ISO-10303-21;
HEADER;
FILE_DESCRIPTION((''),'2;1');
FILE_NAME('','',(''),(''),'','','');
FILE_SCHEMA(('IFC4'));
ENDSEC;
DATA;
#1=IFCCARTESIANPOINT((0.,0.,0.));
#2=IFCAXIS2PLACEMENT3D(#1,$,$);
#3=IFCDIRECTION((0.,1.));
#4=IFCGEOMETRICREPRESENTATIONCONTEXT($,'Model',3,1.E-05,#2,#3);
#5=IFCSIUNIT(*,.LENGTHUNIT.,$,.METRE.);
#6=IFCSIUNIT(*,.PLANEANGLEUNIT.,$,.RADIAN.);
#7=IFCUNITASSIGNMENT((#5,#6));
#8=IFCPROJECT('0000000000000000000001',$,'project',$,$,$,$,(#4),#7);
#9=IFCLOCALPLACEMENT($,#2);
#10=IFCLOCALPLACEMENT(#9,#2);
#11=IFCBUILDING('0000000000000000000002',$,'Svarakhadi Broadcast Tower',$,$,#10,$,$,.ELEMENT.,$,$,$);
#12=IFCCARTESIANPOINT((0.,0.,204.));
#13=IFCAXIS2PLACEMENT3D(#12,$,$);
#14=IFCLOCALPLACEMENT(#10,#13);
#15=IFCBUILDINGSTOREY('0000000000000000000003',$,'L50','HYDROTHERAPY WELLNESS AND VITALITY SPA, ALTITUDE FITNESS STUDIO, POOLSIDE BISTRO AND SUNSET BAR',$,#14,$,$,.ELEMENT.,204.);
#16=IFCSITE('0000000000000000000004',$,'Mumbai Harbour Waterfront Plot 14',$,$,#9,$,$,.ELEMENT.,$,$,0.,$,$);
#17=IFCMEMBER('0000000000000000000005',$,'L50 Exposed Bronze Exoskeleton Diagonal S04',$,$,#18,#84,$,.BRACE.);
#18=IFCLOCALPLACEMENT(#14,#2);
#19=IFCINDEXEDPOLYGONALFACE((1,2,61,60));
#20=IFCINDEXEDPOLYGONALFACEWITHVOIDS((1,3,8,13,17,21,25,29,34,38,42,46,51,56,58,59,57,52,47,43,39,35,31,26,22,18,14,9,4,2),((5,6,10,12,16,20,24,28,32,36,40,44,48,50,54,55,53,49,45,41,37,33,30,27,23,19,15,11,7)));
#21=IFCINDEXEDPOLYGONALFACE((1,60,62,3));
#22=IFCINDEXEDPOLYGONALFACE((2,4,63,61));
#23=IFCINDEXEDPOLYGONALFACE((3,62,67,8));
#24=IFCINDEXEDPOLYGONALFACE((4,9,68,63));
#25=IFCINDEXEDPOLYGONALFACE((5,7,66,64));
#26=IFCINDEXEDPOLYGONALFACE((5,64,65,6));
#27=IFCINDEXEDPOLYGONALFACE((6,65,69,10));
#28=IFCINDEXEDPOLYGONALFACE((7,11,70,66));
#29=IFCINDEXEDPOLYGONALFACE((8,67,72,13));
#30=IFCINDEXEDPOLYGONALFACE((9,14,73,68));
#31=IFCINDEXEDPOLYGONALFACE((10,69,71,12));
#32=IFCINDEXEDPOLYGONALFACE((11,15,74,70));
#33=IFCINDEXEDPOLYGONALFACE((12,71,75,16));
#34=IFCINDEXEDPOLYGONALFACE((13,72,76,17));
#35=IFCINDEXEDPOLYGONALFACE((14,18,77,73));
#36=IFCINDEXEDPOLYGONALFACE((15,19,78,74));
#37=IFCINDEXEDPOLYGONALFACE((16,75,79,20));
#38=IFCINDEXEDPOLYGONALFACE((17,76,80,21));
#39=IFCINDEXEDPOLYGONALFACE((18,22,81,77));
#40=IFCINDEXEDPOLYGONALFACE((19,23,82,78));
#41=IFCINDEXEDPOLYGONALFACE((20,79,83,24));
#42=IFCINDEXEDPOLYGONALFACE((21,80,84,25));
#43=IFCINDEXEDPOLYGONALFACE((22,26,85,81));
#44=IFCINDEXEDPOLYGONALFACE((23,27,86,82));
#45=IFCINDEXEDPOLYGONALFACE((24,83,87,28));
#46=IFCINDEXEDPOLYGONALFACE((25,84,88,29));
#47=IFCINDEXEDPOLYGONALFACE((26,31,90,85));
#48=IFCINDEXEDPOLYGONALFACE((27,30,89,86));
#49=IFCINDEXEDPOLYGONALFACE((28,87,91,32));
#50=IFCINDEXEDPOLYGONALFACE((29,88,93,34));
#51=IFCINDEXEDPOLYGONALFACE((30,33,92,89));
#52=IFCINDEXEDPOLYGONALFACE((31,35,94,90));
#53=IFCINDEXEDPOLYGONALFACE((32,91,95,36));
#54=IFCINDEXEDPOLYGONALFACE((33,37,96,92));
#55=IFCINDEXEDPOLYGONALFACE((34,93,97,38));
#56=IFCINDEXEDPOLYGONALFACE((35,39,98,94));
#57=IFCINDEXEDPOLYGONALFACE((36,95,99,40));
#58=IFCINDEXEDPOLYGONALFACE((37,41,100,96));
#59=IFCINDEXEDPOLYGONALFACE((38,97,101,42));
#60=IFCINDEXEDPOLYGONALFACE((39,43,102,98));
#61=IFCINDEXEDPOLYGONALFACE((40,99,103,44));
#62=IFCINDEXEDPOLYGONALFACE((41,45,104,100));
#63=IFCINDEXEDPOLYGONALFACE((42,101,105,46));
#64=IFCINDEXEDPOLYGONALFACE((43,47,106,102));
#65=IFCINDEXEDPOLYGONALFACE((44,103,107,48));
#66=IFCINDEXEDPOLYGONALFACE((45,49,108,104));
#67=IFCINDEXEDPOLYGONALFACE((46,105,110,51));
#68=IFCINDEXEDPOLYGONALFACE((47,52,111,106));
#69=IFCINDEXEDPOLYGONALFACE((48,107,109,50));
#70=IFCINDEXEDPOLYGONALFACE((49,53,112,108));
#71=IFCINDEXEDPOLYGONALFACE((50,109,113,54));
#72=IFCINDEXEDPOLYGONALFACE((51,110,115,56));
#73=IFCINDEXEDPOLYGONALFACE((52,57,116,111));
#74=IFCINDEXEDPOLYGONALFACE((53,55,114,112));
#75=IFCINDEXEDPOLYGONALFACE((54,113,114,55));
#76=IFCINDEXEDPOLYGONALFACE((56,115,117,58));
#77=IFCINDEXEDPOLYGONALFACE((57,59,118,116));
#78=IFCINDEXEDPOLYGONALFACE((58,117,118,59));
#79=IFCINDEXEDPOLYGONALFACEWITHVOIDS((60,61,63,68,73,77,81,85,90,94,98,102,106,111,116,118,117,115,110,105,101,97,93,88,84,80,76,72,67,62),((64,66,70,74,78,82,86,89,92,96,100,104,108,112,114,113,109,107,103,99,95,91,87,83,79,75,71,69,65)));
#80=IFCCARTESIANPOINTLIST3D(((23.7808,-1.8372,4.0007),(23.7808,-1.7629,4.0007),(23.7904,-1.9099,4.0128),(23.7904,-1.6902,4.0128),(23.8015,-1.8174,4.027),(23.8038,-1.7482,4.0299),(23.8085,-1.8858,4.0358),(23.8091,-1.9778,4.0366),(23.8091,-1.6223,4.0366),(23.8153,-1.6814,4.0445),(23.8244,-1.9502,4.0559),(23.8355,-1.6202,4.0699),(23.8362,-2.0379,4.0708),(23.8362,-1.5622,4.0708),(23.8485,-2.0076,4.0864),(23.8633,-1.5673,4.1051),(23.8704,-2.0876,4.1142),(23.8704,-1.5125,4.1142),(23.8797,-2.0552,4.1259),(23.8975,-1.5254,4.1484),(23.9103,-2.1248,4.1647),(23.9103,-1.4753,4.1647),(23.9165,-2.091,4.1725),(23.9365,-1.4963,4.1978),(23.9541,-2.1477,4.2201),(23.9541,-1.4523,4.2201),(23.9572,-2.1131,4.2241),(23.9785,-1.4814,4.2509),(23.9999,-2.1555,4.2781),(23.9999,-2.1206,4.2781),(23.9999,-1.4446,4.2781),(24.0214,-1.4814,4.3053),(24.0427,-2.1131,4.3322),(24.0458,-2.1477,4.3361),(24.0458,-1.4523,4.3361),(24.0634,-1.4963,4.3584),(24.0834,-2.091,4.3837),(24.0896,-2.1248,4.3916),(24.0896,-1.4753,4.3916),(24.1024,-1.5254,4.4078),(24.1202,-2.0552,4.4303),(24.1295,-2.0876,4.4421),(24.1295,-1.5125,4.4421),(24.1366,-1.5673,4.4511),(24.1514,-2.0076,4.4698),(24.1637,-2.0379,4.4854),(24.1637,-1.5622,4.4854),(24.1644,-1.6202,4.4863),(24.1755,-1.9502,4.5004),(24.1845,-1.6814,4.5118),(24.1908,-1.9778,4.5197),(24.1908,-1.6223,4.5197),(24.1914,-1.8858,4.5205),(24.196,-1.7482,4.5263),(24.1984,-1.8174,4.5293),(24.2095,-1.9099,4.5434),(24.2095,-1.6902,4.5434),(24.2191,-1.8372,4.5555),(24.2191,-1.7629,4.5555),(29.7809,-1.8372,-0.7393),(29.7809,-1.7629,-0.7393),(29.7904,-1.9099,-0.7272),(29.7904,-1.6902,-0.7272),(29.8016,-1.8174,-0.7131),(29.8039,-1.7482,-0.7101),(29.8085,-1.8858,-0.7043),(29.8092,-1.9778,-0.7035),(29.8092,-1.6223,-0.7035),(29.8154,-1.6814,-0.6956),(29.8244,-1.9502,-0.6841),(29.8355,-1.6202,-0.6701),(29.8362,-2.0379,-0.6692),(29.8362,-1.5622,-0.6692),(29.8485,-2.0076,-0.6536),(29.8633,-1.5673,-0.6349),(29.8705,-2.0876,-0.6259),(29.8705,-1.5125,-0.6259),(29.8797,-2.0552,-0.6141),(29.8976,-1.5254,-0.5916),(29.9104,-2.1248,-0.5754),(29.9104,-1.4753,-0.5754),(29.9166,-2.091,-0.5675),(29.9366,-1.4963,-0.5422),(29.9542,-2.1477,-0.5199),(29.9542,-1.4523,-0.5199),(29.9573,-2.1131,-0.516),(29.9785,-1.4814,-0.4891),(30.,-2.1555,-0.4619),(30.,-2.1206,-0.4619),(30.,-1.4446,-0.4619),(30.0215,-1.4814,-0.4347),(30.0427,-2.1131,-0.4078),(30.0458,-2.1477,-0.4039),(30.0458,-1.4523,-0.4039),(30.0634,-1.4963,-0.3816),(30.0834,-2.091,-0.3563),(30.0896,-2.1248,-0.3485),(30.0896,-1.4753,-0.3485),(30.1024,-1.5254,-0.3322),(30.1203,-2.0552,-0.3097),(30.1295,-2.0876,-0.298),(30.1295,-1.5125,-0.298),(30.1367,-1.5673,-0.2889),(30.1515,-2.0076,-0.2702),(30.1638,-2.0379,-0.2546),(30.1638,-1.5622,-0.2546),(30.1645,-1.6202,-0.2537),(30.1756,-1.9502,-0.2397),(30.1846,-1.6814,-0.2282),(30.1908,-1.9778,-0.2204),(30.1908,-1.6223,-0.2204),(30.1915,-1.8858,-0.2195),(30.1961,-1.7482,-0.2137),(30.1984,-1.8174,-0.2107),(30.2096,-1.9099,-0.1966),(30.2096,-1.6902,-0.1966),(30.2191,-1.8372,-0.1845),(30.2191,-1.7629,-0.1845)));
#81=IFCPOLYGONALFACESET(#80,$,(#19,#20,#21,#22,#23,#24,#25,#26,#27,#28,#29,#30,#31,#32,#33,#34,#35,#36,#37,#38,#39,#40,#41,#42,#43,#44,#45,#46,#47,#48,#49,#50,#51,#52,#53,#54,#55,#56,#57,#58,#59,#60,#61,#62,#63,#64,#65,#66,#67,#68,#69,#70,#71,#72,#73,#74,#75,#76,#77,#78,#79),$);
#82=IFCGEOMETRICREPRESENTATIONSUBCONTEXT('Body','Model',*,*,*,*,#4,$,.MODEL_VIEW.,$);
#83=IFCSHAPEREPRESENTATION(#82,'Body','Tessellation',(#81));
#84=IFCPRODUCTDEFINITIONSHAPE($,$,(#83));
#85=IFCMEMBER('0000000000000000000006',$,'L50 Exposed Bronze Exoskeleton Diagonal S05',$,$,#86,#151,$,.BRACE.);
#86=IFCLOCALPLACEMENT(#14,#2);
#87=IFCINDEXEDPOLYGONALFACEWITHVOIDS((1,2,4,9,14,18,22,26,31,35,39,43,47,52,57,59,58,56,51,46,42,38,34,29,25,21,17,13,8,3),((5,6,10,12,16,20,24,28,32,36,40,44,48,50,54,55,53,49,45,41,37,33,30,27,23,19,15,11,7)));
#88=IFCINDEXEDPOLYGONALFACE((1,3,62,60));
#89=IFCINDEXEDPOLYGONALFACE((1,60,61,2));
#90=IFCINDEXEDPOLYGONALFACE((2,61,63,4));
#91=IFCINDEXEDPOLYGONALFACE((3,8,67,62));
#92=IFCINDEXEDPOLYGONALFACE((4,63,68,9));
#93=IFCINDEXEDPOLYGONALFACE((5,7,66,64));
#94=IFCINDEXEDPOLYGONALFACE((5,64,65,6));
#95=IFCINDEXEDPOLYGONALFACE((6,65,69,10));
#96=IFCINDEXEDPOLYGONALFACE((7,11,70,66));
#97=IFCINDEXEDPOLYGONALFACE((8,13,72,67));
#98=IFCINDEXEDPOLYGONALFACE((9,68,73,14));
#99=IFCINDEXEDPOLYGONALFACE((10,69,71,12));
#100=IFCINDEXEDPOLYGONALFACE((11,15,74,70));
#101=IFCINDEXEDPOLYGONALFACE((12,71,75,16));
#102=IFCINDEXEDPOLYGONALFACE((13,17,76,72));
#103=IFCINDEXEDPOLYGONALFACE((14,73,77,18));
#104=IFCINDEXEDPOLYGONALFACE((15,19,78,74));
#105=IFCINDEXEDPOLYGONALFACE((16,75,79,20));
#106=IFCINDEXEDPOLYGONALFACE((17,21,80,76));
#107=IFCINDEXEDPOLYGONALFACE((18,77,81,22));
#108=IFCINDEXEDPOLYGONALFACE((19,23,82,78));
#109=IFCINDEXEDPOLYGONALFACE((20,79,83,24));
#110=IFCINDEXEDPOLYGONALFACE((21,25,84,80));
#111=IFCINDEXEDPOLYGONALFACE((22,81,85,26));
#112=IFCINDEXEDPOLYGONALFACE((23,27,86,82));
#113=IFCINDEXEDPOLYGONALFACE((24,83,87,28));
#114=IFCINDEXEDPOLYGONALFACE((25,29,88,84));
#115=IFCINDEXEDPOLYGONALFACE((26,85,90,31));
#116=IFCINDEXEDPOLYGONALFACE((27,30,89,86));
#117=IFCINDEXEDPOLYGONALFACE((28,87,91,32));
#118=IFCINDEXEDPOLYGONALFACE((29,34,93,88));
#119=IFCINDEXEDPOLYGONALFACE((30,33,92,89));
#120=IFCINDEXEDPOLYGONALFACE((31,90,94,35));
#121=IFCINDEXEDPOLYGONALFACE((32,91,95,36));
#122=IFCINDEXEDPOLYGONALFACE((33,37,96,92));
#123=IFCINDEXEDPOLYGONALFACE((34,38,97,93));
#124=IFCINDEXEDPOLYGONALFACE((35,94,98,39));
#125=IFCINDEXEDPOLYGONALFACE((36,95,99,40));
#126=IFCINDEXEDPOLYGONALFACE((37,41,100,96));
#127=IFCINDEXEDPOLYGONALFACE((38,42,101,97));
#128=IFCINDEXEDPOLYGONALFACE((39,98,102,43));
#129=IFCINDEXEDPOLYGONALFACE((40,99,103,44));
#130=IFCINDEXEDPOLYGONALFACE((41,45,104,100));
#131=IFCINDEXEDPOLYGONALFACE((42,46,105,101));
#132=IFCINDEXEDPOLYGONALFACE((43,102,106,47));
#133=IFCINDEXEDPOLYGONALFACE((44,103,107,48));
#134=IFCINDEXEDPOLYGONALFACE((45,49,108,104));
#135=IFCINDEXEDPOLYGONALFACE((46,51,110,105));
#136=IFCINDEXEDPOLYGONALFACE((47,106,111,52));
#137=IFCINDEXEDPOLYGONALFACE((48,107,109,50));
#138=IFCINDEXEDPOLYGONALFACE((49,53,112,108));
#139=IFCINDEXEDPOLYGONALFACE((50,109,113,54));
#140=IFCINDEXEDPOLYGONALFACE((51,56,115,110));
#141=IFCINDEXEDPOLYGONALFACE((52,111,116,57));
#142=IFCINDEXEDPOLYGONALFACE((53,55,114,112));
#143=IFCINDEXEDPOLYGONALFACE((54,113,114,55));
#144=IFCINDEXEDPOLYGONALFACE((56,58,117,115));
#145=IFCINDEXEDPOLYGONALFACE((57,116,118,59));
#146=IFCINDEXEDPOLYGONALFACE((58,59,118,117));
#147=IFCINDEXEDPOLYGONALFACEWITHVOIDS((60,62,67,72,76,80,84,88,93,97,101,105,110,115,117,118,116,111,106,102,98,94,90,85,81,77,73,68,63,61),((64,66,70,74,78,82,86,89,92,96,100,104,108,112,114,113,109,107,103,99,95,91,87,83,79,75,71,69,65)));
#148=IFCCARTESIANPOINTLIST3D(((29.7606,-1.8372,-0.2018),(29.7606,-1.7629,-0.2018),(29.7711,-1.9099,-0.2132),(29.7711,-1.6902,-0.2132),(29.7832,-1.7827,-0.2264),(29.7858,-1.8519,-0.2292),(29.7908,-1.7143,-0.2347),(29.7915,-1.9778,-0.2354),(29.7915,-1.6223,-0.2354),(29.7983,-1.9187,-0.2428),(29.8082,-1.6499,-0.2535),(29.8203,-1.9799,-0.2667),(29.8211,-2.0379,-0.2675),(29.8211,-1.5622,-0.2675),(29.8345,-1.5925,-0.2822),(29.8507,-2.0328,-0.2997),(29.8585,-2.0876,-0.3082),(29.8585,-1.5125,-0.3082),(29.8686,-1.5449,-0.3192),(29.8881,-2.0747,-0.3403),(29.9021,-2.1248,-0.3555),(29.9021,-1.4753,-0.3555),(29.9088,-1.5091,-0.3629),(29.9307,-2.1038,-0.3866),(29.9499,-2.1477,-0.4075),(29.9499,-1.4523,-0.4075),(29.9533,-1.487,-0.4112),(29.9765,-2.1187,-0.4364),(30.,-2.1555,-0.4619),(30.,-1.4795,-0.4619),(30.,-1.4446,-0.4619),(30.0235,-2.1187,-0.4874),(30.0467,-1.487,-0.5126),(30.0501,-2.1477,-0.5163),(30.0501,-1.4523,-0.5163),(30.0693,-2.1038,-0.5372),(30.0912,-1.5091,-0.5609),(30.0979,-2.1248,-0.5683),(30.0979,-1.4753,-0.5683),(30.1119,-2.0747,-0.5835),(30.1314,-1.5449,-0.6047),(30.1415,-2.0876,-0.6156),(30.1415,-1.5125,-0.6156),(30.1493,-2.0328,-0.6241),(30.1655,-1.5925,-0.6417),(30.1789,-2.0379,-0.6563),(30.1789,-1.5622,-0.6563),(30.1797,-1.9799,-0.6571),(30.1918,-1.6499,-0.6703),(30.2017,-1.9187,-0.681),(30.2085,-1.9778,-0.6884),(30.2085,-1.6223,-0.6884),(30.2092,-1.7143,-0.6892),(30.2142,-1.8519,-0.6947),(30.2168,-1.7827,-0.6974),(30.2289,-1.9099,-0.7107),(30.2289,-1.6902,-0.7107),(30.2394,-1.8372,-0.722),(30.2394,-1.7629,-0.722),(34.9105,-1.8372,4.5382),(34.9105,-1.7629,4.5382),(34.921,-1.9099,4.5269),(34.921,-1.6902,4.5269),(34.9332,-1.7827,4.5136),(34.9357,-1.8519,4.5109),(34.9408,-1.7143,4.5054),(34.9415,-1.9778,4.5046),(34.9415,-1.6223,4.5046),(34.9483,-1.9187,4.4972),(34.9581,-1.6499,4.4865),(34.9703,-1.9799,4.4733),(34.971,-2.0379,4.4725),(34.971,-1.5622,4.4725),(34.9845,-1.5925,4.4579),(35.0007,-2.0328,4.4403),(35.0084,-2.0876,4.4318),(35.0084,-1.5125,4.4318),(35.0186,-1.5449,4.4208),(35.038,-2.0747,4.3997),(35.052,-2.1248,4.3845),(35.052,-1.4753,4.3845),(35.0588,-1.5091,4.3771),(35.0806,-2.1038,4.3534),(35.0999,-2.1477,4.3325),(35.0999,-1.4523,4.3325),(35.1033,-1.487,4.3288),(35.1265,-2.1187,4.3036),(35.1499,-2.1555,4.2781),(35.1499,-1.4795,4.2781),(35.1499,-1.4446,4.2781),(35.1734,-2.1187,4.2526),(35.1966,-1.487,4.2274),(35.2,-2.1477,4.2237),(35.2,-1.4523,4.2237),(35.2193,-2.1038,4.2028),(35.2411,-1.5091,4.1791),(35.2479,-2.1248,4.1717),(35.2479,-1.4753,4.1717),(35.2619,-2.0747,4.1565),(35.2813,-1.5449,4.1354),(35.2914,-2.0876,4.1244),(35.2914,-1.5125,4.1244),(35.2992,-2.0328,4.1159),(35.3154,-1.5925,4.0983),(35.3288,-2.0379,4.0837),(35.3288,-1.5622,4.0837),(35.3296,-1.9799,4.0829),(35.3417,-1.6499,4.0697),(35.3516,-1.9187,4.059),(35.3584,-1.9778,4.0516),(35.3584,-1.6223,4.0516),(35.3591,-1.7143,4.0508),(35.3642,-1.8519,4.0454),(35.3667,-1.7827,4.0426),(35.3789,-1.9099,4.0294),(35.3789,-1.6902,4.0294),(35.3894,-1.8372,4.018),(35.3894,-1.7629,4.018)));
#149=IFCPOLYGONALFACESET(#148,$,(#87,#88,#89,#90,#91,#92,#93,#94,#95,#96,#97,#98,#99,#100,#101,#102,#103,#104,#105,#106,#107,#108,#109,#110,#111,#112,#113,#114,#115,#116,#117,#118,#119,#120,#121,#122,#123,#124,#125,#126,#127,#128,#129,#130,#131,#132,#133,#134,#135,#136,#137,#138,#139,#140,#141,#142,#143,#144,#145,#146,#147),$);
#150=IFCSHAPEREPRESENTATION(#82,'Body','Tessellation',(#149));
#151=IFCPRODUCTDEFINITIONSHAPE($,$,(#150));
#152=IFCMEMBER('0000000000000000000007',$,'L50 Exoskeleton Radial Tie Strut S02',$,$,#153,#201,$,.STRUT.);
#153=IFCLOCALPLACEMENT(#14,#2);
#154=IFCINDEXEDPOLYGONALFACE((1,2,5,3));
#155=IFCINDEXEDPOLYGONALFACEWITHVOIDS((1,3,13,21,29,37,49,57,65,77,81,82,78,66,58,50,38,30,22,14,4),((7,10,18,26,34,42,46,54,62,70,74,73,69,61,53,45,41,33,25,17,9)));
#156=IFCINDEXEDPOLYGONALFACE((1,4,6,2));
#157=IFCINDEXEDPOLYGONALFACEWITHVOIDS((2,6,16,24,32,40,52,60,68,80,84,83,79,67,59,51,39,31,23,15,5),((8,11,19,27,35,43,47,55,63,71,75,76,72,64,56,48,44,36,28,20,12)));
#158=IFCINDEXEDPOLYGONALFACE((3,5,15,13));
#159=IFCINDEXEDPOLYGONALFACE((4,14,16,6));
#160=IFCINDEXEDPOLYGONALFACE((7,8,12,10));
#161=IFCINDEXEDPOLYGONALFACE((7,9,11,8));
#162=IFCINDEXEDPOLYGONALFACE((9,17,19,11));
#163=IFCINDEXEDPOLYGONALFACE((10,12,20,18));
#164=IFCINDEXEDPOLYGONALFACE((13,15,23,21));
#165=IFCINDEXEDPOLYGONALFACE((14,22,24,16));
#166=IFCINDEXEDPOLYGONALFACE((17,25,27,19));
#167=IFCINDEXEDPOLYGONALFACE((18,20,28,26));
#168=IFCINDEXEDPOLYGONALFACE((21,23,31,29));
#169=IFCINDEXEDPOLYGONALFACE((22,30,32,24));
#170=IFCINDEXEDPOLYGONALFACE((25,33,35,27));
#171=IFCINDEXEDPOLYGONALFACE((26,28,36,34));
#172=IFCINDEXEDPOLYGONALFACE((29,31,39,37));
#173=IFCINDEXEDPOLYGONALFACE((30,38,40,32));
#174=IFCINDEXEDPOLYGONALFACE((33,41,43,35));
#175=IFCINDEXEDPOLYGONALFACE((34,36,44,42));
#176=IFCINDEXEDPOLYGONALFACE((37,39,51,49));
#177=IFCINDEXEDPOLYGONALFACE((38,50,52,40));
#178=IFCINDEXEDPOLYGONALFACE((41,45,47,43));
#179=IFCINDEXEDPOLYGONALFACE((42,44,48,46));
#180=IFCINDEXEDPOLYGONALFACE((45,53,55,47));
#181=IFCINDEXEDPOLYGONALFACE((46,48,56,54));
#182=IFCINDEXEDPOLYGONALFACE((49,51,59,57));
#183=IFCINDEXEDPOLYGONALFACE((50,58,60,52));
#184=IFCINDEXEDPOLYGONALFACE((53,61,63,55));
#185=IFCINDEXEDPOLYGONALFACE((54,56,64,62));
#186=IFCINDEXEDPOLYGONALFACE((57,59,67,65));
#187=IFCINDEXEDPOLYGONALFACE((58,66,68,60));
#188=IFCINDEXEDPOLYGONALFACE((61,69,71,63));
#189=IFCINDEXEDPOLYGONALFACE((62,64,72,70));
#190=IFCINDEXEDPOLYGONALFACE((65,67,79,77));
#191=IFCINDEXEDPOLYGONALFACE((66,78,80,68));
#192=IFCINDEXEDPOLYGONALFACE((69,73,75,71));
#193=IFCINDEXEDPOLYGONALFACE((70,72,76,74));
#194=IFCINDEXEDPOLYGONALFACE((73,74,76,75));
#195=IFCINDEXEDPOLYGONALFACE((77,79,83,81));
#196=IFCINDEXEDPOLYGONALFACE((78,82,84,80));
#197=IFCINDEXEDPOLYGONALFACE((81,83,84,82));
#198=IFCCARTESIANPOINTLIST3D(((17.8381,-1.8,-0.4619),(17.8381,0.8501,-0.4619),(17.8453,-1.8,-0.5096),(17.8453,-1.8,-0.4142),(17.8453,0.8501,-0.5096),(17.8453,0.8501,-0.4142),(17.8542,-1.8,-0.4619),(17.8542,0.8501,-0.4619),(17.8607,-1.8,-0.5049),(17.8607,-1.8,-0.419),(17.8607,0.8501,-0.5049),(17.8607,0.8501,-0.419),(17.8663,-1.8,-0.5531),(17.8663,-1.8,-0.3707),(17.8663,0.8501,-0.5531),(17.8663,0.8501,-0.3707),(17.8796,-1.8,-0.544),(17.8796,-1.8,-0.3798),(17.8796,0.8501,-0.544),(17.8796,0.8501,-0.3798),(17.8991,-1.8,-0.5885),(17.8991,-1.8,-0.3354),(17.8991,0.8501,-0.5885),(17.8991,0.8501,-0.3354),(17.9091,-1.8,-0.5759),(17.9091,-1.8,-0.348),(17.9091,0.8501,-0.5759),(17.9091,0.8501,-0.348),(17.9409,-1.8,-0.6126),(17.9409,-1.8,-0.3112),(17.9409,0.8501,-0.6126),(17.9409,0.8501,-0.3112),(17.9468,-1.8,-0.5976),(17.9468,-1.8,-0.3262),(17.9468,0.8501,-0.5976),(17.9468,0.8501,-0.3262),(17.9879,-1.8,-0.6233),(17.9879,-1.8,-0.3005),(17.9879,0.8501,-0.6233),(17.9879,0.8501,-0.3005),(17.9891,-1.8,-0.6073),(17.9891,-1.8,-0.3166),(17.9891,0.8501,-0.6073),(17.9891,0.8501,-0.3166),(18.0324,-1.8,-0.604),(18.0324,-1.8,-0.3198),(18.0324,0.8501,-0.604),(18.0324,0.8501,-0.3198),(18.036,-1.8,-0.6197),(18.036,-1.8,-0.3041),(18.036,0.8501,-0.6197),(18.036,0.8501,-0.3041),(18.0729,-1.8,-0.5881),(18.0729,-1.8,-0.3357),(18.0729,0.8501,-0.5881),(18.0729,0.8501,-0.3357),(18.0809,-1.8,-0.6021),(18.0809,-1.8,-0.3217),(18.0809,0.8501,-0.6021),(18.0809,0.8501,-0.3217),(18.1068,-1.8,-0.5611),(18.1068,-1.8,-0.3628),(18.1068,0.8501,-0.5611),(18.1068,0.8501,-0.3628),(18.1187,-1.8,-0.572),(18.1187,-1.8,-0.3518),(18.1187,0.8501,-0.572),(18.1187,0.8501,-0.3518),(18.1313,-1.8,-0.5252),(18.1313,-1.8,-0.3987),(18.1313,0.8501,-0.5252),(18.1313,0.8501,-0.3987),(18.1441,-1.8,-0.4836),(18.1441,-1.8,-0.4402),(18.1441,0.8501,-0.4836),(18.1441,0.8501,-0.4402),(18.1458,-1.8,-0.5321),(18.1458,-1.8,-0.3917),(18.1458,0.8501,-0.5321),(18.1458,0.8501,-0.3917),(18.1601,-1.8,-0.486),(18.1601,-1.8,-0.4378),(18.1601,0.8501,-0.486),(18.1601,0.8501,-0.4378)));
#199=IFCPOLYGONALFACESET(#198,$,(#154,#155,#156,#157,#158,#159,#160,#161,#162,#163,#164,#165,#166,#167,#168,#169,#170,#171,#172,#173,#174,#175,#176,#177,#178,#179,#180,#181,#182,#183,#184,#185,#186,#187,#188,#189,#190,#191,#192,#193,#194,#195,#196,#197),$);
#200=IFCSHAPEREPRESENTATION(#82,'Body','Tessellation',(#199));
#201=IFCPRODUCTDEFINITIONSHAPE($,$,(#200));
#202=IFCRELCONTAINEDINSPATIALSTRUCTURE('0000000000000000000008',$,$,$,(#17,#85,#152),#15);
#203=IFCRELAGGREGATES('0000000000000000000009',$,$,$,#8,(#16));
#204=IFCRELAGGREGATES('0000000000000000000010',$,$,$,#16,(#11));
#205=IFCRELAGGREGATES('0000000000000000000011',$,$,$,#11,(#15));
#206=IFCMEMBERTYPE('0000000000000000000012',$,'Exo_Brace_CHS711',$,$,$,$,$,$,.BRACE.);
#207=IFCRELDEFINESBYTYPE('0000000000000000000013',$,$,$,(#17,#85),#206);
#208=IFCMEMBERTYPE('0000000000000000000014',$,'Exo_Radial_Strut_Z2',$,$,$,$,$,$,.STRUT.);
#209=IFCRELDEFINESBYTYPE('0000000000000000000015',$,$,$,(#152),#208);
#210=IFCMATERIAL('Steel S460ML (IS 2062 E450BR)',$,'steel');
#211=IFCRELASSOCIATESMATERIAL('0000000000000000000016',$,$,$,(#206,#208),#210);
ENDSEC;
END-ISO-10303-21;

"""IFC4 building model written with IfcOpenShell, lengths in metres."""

from ifc_helpers import new_model, si_unit, direction, frame, origin, origin_2d, place, context, subcontext, project, spatial, hollow_circle, extrude, material, material_profile, profile_set, type_object, element, save


model = new_model("IFC4")

# Units and contexts
model_context = context("Model", 3, precision=1e-05, world=origin(), true_north=direction((0.0, 1.0)))
body_context = subcontext(model_context, "Body", "Model", "MODEL_VIEW")
ifc_project = project(units=[si_unit("LENGTHUNIT", "METRE"), si_unit("PLANEANGLEUNIT", "RADIAN")], contexts=[model_context])

# Site, building, storey
site_placement = place(None, origin())
site = spatial("IfcSite", under=ifc_project, at=site_placement, Name="Mumbai Harbour Waterfront Plot 14", CompositionType="ELEMENT", RefElevation=0.0)
building_placement = place(site_placement, origin())
building = spatial("IfcBuilding", under=site, at=building_placement, Name="Svarakhadi Broadcast Tower", CompositionType="ELEMENT")
storey_placement = place(building_placement, frame((0.0, 0.0, 204.0)))
storey = spatial("IfcBuildingStorey", under=building, at=storey_placement, Name="L50", Description="HYDROTHERAPY WELLNESS AND VITALITY SPA, ALTITUDE FITNESS STUDIO, POOLSIDE BISTRO AND SUNSET BAR", CompositionType="ELEMENT", Elevation=204.0)

# Shared definitions
ifc_material_1 = material(Name="Steel S460ML (IS 2062 E450BR)", Category="steel")

# Members
ifc_material_profile_1 = material_profile(ifc_material_1, hollow_circle(Radius=0.3555, WallThickness=0.0349, at=origin_2d()), Name="CHS 711x35")
ifc_profile_set_1 = profile_set([ifc_material_profile_1], Name="Steel S460ML (IS 2062 E450BR)")
member_type_1 = type_object("IfcMemberType", Name="Exo_Brace_CHS711", PredefinedType="BRACE", material=ifc_profile_set_1)
for number, where, z_axis, x_axis, name in (
    (1, (30.0, -1.8, -0.4619), (-0.784682, 0.0, 0.619898), (0.0, -1.0, 0.0), "L50 Exposed Bronze Exoskeleton Diagonal S04"),
):
    element("IfcMember", number, at=place(storey_placement, frame(where, z_axis=z_axis, x_axis=x_axis)), inside=storey, type_object=member_type_1, Name=name, PredefinedType="BRACE", context=body_context, shape_type="SweptSolid", body=[
        extrude(hollow_circle(Radius=0.3555, WallThickness=0.0349, at=origin_2d()), origin(), (0.0, 0.0, 1.0), 7.6465),
    ])
member_1_placement = place(storey_placement, frame((30.0, -1.8, -0.4619), z_axis=(0.735783, 0.0, 0.677217), x_axis=(0.0, 1.0, 0.0)))
element("IfcMember", 2, at=member_1_placement, inside=storey, type_object=member_type_1, Name="L50 Exposed Bronze Exoskeleton Diagonal S05", PredefinedType="BRACE", context=body_context, shape_type="SweptSolid", body=[
    extrude(hollow_circle(Radius=0.3555, WallThickness=0.0349, at=origin_2d()), origin(), (0.0, 0.0, 1.0), 6.9993),
])
ifc_material_profile_2 = material_profile(ifc_material_1, hollow_circle(Radius=0.1619, WallThickness=0.0161, at=origin_2d()), Name="CHS 323.9x16")
ifc_profile_set_2 = profile_set([ifc_material_profile_2], Name="Steel S460ML (IS 2062 E450BR)")
member_type_2 = type_object("IfcMemberType", Name="Exo_Radial_Strut_Z2", PredefinedType="STRUT", material=ifc_profile_set_2)
for number, where, z_axis, x_axis, name in (
    (3, (18.0, -1.8, -0.4619), (0.0, 1.0, 0.0), (-1.0, 0.0, 0.0), "L50 Exoskeleton Radial Tie Strut S02"),
):
    element("IfcMember", number, at=place(storey_placement, frame(where, z_axis=z_axis, x_axis=x_axis)), inside=storey, type_object=member_type_2, Name=name, PredefinedType="STRUT", context=body_context, shape_type="SweptSolid", body=[
        extrude(hollow_circle(Radius=0.1619, WallThickness=0.0161, at=origin_2d()), origin(), (0.0, 0.0, 1.0), 2.6501),
    ])

save(model, "model.ifc")
